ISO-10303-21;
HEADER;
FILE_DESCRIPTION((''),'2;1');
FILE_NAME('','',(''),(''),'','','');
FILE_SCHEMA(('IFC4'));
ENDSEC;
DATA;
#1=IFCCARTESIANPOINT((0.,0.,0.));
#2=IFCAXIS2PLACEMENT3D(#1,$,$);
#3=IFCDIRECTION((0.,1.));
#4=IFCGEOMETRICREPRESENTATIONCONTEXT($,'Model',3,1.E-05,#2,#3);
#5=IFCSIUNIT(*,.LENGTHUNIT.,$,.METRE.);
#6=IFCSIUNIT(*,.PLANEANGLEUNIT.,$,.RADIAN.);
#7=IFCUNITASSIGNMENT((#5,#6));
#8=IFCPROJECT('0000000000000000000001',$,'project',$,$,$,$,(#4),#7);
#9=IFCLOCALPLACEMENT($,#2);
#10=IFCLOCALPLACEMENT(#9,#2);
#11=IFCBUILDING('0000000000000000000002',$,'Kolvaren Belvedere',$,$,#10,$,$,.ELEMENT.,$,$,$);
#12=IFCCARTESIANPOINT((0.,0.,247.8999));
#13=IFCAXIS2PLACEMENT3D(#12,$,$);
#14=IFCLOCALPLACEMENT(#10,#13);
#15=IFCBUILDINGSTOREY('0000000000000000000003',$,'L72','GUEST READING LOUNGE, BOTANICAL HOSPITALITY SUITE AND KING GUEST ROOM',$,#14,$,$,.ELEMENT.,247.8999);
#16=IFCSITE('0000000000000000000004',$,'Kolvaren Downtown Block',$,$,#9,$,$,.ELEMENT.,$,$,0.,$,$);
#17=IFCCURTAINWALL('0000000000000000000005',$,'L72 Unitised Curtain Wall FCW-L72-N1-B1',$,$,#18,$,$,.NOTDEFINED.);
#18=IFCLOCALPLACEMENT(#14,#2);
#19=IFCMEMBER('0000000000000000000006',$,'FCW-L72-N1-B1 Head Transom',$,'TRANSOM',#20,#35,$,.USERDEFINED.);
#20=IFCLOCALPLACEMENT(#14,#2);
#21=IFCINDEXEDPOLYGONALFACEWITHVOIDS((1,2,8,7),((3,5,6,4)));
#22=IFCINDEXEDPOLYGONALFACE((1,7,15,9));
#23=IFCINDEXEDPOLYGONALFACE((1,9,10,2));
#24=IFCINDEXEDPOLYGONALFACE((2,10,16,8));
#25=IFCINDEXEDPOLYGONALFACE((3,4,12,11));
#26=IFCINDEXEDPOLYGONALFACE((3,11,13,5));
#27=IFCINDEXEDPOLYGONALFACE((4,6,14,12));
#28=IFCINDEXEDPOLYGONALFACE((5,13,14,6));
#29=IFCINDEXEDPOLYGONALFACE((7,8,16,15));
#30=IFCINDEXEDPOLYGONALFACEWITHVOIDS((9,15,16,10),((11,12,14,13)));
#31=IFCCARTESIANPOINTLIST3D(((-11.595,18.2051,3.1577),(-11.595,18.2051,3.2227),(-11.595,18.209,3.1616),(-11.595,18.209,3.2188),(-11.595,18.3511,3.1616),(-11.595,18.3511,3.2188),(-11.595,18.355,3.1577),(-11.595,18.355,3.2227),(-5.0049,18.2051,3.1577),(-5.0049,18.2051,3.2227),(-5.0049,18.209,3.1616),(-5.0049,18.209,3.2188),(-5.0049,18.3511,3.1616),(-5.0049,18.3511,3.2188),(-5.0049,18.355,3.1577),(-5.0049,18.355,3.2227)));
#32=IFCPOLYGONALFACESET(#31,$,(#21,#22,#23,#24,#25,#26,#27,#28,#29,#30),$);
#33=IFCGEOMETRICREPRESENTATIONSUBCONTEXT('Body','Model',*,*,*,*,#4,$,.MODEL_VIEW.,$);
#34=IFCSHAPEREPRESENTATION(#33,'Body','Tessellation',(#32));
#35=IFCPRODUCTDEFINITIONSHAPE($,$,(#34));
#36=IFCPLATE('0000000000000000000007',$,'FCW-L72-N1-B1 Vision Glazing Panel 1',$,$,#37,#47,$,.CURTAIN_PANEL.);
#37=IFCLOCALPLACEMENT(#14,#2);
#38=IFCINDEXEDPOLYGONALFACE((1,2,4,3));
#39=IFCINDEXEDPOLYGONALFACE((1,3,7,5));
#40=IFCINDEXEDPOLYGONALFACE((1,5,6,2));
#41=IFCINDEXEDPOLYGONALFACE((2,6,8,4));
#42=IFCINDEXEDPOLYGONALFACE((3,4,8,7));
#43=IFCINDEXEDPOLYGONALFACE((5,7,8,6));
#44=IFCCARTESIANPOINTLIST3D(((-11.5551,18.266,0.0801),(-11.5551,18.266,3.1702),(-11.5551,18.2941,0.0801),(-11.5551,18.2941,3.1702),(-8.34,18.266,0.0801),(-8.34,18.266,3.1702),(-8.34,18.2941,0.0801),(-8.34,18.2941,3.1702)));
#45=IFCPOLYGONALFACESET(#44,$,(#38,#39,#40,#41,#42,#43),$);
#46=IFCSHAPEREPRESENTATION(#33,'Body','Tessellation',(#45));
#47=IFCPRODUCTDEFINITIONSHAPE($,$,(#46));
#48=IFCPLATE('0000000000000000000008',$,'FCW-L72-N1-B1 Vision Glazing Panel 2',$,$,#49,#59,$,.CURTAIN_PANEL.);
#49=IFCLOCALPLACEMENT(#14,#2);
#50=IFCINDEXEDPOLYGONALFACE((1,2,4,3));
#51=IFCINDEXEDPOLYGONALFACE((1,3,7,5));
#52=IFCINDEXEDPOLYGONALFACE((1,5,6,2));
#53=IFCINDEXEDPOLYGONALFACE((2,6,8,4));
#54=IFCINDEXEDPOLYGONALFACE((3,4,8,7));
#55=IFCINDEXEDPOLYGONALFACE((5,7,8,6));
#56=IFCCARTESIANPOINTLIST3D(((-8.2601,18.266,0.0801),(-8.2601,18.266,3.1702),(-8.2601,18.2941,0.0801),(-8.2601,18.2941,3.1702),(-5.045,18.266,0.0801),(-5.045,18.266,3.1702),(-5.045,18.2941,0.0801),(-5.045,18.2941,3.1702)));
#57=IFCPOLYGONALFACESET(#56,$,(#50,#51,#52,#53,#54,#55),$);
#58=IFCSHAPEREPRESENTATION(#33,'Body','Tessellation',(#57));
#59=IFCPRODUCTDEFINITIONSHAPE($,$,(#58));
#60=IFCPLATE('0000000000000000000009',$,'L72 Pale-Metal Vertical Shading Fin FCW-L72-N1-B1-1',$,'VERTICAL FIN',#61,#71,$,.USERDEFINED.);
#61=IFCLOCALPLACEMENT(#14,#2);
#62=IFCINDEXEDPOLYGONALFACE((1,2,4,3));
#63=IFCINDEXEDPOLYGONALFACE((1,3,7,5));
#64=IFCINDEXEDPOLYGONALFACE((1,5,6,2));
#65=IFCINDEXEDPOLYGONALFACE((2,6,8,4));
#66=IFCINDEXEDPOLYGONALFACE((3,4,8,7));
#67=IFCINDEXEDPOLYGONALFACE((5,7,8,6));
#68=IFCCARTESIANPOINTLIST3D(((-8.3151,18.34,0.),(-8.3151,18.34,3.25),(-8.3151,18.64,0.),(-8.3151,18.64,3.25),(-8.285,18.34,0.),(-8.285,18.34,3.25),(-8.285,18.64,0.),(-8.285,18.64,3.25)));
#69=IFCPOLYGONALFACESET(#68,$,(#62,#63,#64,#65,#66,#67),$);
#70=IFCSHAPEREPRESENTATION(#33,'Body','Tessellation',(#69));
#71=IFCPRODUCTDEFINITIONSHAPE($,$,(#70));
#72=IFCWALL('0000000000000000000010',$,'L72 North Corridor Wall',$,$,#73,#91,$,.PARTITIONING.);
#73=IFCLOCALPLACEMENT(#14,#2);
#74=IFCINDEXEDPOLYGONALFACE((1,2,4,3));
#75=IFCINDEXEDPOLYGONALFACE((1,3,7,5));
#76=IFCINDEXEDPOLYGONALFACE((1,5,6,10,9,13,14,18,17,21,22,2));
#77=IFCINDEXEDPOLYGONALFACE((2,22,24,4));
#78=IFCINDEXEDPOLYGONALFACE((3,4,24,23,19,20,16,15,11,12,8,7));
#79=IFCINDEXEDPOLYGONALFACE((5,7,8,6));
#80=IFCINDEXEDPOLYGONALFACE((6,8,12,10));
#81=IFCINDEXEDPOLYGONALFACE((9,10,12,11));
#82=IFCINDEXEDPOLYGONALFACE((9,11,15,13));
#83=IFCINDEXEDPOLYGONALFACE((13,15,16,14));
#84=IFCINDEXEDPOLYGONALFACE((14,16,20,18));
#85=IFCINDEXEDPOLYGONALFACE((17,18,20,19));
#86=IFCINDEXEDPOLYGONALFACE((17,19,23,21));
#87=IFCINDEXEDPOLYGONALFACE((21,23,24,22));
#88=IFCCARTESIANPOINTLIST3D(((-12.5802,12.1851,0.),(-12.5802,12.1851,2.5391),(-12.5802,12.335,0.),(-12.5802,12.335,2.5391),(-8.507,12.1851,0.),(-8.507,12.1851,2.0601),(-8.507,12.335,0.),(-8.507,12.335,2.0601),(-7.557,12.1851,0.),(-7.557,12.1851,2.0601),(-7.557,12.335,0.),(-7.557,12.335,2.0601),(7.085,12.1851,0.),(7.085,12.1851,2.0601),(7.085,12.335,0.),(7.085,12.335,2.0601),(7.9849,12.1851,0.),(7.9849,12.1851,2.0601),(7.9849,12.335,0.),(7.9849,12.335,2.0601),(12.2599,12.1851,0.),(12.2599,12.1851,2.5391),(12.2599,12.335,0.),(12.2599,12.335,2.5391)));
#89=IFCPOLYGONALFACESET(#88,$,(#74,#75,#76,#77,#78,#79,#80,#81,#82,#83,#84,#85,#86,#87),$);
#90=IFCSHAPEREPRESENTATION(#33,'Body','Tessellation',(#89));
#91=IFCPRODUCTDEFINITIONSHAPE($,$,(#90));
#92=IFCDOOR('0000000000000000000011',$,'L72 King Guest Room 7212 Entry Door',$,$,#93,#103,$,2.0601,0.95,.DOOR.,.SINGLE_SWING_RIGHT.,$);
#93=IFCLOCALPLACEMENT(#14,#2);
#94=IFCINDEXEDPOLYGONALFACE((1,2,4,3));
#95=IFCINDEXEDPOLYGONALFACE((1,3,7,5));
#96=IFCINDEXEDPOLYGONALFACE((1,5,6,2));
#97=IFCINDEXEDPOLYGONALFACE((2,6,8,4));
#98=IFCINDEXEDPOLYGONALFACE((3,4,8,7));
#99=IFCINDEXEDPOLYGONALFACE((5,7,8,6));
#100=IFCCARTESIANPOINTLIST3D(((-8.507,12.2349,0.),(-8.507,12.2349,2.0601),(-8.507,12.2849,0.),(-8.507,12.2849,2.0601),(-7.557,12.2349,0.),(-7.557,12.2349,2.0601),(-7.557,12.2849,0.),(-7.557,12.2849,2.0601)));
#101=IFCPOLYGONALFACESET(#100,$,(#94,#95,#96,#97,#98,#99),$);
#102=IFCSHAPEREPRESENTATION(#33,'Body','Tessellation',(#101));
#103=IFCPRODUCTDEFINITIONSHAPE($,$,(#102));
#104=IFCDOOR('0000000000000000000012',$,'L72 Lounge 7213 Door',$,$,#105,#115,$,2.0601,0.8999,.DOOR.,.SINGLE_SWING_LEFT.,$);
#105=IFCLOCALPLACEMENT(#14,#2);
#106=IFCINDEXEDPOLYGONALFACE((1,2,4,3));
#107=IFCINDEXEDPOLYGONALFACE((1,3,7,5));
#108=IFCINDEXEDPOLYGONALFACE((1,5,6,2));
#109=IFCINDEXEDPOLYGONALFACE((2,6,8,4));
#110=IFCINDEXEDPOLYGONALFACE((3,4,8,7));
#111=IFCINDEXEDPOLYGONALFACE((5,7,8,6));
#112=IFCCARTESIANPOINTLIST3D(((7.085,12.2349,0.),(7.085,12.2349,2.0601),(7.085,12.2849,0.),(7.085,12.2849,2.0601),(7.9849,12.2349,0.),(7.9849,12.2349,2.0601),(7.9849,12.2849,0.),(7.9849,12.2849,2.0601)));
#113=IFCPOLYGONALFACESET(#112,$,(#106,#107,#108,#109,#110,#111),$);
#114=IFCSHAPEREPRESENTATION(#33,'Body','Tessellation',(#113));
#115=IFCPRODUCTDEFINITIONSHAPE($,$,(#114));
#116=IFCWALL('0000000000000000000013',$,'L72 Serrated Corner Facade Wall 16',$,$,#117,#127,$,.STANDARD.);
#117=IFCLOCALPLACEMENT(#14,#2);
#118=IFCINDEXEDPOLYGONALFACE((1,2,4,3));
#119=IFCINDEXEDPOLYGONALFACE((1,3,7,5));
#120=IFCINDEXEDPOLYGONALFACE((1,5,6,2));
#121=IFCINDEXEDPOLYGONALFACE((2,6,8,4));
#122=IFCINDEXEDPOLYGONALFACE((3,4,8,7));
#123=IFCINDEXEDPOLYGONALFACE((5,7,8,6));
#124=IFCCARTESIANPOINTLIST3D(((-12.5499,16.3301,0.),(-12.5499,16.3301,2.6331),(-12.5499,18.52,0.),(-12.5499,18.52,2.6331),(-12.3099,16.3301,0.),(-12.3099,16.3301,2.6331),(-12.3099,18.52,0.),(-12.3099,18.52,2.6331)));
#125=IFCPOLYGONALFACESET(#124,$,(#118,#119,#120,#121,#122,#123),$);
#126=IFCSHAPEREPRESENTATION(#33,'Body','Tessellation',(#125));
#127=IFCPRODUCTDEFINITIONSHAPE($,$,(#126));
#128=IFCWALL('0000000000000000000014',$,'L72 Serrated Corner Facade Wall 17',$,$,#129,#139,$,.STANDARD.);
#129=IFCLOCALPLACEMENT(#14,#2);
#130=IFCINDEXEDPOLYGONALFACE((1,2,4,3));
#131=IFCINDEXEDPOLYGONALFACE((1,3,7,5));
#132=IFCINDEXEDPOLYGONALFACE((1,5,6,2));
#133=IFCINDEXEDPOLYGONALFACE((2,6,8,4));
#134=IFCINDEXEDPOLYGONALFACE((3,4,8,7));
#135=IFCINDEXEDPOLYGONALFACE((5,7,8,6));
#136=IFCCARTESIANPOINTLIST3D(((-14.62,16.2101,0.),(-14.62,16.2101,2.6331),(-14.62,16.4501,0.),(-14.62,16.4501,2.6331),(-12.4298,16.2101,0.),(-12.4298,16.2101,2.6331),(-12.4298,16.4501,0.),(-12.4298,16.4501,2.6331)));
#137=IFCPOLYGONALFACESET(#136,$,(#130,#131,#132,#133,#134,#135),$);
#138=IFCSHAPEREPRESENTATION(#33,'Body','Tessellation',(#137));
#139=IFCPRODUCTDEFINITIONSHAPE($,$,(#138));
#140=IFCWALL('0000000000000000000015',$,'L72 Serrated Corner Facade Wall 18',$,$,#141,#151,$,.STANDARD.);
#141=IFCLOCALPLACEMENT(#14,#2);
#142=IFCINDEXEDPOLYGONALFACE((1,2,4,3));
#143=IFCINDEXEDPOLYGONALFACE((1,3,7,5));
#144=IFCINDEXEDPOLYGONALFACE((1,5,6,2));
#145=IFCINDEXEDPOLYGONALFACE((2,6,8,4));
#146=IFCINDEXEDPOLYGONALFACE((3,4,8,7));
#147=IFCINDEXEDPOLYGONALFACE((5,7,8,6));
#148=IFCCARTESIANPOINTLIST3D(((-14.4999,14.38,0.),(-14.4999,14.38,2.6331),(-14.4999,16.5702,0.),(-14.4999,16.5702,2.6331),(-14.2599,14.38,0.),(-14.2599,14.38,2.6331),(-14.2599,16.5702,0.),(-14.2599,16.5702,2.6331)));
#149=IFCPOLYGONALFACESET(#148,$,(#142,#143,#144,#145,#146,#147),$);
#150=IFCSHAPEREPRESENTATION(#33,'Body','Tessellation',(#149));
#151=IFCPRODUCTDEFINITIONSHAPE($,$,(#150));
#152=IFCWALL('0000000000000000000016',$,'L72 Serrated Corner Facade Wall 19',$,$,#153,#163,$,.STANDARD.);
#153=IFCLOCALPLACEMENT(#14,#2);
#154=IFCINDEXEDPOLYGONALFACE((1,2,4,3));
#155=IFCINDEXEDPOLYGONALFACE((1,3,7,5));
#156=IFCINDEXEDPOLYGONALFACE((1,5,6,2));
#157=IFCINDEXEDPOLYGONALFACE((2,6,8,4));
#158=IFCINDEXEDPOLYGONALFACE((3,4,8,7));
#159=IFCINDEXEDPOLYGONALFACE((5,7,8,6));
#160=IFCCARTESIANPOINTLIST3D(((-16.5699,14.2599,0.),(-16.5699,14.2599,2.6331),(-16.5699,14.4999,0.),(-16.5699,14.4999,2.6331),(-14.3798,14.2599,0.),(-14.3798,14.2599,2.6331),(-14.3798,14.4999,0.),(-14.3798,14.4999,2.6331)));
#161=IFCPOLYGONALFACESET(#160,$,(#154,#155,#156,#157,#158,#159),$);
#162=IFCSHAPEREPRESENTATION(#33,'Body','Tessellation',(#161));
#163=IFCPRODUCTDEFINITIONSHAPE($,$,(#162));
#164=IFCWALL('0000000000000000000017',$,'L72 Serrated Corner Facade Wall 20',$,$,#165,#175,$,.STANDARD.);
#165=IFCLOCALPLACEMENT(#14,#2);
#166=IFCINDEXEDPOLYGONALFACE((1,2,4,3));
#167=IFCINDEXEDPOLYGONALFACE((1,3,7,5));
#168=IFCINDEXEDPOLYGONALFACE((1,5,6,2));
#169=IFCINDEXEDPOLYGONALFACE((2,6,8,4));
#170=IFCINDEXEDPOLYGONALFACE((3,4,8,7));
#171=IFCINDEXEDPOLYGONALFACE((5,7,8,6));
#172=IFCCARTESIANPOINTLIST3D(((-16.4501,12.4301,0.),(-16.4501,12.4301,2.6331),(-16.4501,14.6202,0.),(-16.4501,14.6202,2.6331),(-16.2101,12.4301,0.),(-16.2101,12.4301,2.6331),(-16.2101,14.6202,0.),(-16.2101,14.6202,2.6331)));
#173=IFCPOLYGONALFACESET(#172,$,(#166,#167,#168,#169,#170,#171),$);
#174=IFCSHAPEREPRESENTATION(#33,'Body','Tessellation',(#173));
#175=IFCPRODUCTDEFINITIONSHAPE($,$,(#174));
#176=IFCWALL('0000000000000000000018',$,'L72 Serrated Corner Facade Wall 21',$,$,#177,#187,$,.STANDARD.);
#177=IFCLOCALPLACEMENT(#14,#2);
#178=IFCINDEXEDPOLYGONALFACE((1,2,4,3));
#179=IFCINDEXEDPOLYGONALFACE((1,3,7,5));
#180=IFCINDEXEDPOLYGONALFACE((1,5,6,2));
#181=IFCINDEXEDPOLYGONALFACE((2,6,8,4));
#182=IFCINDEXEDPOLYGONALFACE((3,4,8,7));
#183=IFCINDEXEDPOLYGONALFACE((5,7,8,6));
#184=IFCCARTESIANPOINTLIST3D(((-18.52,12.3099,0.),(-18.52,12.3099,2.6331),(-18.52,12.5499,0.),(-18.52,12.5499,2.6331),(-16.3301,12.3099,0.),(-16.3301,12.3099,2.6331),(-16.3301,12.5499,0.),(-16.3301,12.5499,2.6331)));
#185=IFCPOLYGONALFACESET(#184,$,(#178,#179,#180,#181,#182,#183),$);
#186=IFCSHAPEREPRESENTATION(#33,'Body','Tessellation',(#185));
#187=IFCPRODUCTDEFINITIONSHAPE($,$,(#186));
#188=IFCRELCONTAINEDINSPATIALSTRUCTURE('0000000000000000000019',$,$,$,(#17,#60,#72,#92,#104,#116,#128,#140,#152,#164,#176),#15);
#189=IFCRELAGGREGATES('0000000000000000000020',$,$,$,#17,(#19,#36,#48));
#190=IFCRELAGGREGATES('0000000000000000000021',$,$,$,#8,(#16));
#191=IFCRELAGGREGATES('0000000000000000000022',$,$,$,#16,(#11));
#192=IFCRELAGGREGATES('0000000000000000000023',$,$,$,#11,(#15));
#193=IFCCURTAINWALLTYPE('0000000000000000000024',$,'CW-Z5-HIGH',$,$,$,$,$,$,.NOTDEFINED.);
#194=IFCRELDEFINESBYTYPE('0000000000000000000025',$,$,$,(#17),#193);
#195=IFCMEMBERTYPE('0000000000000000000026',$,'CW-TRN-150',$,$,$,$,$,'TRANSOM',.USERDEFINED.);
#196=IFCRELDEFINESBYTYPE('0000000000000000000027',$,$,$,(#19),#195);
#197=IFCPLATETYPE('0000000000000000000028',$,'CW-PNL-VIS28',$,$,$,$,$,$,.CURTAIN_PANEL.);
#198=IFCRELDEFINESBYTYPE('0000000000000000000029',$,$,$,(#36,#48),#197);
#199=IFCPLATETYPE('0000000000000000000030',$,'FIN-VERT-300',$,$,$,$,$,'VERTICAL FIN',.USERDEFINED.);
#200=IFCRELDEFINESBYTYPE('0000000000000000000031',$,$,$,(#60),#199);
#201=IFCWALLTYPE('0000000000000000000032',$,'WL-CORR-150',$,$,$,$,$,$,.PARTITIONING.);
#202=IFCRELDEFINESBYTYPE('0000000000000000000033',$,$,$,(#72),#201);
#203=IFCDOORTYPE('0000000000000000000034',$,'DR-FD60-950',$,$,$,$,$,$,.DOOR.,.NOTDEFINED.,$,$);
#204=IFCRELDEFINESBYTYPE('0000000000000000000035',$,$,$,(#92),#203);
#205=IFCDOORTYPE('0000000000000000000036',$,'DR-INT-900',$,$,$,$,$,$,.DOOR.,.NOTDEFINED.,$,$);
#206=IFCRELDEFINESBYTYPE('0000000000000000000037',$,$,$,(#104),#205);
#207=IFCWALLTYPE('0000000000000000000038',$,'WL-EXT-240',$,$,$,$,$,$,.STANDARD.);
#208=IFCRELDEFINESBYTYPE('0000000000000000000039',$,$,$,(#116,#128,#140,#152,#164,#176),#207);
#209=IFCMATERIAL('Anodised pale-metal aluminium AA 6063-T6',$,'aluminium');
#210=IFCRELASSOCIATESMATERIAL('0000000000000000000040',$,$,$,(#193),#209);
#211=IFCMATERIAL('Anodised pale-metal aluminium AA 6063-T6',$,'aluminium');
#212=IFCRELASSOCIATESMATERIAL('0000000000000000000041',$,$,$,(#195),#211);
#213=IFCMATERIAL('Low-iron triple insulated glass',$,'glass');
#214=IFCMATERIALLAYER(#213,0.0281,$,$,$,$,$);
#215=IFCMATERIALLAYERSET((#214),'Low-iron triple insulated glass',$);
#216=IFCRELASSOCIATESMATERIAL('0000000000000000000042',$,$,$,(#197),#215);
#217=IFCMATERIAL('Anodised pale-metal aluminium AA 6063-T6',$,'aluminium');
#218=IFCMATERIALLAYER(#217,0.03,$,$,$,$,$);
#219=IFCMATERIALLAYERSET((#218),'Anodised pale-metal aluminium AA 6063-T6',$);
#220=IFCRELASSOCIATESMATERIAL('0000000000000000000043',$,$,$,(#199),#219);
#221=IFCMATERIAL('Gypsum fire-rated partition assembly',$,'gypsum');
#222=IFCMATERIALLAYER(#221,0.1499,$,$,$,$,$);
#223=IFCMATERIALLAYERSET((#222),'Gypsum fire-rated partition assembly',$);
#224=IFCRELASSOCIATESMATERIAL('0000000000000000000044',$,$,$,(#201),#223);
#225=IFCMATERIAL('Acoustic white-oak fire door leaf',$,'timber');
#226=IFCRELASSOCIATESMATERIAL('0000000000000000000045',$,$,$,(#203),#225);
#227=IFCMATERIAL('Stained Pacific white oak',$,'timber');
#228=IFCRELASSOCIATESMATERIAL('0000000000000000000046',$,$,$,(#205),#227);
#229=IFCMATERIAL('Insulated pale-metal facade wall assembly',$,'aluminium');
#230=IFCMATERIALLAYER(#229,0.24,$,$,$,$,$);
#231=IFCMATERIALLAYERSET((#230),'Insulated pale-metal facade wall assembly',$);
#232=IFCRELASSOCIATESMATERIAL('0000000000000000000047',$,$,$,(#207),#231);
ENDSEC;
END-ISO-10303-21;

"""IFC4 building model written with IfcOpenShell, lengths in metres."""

from ifc_helpers import new_model, si_unit, direction, frame, frame_2d, origin, origin_2d, place, context, subcontext, project, spatial, rectangle, hollow_rectangle, extrude, material, layer, layer_set, material_profile, profile_set, type_object, element, fill, aggregate, save


model = new_model("IFC4")

# Units and contexts
model_context = context("Model", 3, precision=1e-05, world=origin(), true_north=direction((0.0, 1.0)))
body_context = subcontext(model_context, "Body", "Model", "MODEL_VIEW")
ifc_project = project(units=[si_unit("LENGTHUNIT", "METRE"), si_unit("PLANEANGLEUNIT", "RADIAN")], contexts=[model_context])

# Site, building, storey
site_placement = place(None, origin())
site = spatial("IfcSite", under=ifc_project, at=site_placement, Name="Kolvaren Downtown Block", CompositionType="ELEMENT", RefElevation=0.0)
building_placement = place(site_placement, origin())
building = spatial("IfcBuilding", under=site, at=building_placement, Name="Kolvaren Belvedere", CompositionType="ELEMENT")
storey_placement = place(building_placement, frame((0.0, 0.0, 247.8999)))
storey = spatial("IfcBuildingStorey", under=building, at=storey_placement, Name="L72", Description="GUEST READING LOUNGE, BOTANICAL HOSPITALITY SUITE AND KING GUEST ROOM", CompositionType="ELEMENT", Elevation=247.8999)

# Curtain wall, member, plates
ifc_material_1 = material(Name="Anodised pale-metal aluminium AA 6063-T6", Category="aluminium")
curtain_wall_type = type_object("IfcCurtainWallType", Name="CW-Z5-HIGH", PredefinedType="NOTDEFINED", material=ifc_material_1)
curtain_wall_placement = place(storey_placement, origin())
curtain_wall = element("IfcCurtainWall", 1, at=curtain_wall_placement, inside=storey, type_object=curtain_wall_type, Name="L72 Unitised Curtain Wall FCW-L72-N1-B1", PredefinedType="NOTDEFINED")
ifc_material_2 = material(Name="Anodised pale-metal aluminium AA 6063-T6", Category="aluminium")
ifc_material_profile_1 = material_profile(ifc_material_2, hollow_rectangle(XDim=0.0649, YDim=0.1499, WallThickness=0.0039, at=origin_2d()), Name="ALU-TRN-150X65")
ifc_profile_set_1 = profile_set([ifc_material_profile_1], Name="Anodised pale-metal aluminium AA 6063-T6")
member_type_1 = type_object("IfcMemberType", Name="CW-TRN-150", ElementType="TRANSOM", PredefinedType="USERDEFINED", material=ifc_profile_set_1)
member_1_placement = place(storey_placement, frame((-11.595, 18.28, 3.1902), z_axis=(1.0, 0.0, 0.0), x_axis=(0.0, 0.0, 1.0)))
member_1 = element("IfcMember", 2, at=member_1_placement, type_object=member_type_1, Name="FCW-L72-N1-B1 Head Transom", ObjectType="TRANSOM", PredefinedType="USERDEFINED", context=body_context, shape_type="SweptSolid", body=[
    extrude(hollow_rectangle(XDim=0.0649, YDim=0.1499, WallThickness=0.0039, at=origin_2d()), origin(), (0.0, 0.0, 1.0), 6.5901),
])
ifc_material_3 = material(Name="Low-iron triple insulated glass", Category="glass")
ifc_layer_1 = layer(ifc_material_3, 0.0281)
ifc_layer_set_1 = layer_set([ifc_layer_1], Name="Low-iron triple insulated glass")
plate_type_1 = type_object("IfcPlateType", Name="CW-PNL-VIS28", PredefinedType="CURTAIN_PANEL", material=ifc_layer_set_1)
plate_1_placement = place(storey_placement, frame((-9.9475, 18.28, 0.0801), z_axis=(0.0, 0.0, 1.0), x_axis=(1.0, 0.0, 0.0)))
plate_1 = element("IfcPlate", 3, at=plate_1_placement, type_object=plate_type_1, Name="FCW-L72-N1-B1 Vision Glazing Panel 1", PredefinedType="CURTAIN_PANEL", context=body_context, shape_type="SweptSolid", body=[
    extrude(rectangle(XDim=3.2151, YDim=0.0281, at=origin_2d()), origin(), (0.0, 0.0, 1.0), 3.0901),
])
plate_2_placement = place(storey_placement, frame((-6.6526, 18.28, 0.0801), z_axis=(0.0, 0.0, 1.0), x_axis=(1.0, 0.0, 0.0)))
plate_2 = element("IfcPlate", 4, at=plate_2_placement, type_object=plate_type_1, Name="FCW-L72-N1-B1 Vision Glazing Panel 2", PredefinedType="CURTAIN_PANEL", context=body_context, shape_type="SweptSolid", body=[
    extrude(rectangle(XDim=3.2151, YDim=0.0281, at=origin_2d()), origin(), (0.0, 0.0, 1.0), 3.0901),
])
aggregate(curtain_wall, [member_1, plate_1, plate_2])

# Plate
ifc_material_4 = material(Name="Anodised pale-metal aluminium AA 6063-T6", Category="aluminium")
ifc_layer_2 = layer(ifc_material_4, 0.03)
ifc_layer_set_2 = layer_set([ifc_layer_2], Name="Anodised pale-metal aluminium AA 6063-T6")
plate_type_2 = type_object("IfcPlateType", Name="FIN-VERT-300", ElementType="VERTICAL FIN", PredefinedType="USERDEFINED", material=ifc_layer_set_2)
plate_3_placement = place(storey_placement, frame((-8.3, 18.49, 0.0), z_axis=(0.0, 0.0, 1.0), x_axis=(0.0, 1.0, 0.0)))
element("IfcPlate", 5, at=plate_3_placement, inside=storey, type_object=plate_type_2, Name="L72 Pale-Metal Vertical Shading Fin FCW-L72-N1-B1-1", ObjectType="VERTICAL FIN", PredefinedType="USERDEFINED", context=body_context, shape_type="SweptSolid", body=[
    extrude(rectangle(XDim=0.3, YDim=0.03, at=origin_2d()), origin(), (0.0, 0.0, 1.0), 3.25),
])

# Wall, openings, doors
ifc_material_5 = material(Name="Gypsum fire-rated partition assembly", Category="gypsum")
ifc_layer_3 = layer(ifc_material_5, 0.1499)
ifc_layer_set_3 = layer_set([ifc_layer_3], Name="Gypsum fire-rated partition assembly")
wall_type_1 = type_object("IfcWallType", Name="WL-CORR-150", PredefinedType="PARTITIONING", material=ifc_layer_set_3)
wall_1_placement = place(storey_placement, frame((-12.5801, 12.26, 0.0), z_axis=(0.0, 0.0, 1.0), x_axis=(1.0, 0.0, 0.0)))
wall_1 = element("IfcWall", 6, at=wall_1_placement, inside=storey, type_object=wall_type_1, Name="L72 North Corridor Wall", PredefinedType="PARTITIONING", context=body_context, shape_type="SweptSolid", body=[
    extrude(rectangle(XDim=24.8401, YDim=0.1499, at=frame_2d((12.4199, 0.0))), origin(), (0.0, 0.0, 1.0), 2.5391),
])
opening_1_placement = place(wall_1_placement, frame((4.073, 0.0, 0.0)))
opening_1 = element("IfcOpeningElement", 7, at=opening_1_placement, cuts=wall_1, PredefinedType="OPENING", context=body_context, shape_type="SweptSolid", body=[
    extrude(rectangle(XDim=0.95, YDim=2.0601, at=frame_2d((0.4751, 1.03))), frame((0.0, 0.085, 0.0), z_axis=(0.0, -1.0, 0.0), x_axis=(1.0, 0.0, 0.0)), (0.0, 0.0, 1.0), 0.1699),
])
opening_2_placement = place(wall_1_placement, frame((19.665, 0.0, 0.0)))
opening_2 = element("IfcOpeningElement", 8, at=opening_2_placement, cuts=wall_1, PredefinedType="OPENING", context=body_context, shape_type="SweptSolid", body=[
    extrude(rectangle(XDim=0.8999, YDim=2.0601, at=frame_2d((0.45, 1.03))), frame((0.0, 0.085, 0.0), z_axis=(0.0, -1.0, 0.0), x_axis=(1.0, 0.0, 0.0)), (0.0, 0.0, 1.0), 0.1699),
])
ifc_material_6 = material(Name="Acoustic white-oak fire door leaf", Category="timber")
door_type_1 = type_object("IfcDoorType", Name="DR-FD60-950", OperationType="NOTDEFINED", PredefinedType="DOOR", material=ifc_material_6)
door_1_placement = place(opening_1_placement, origin())
door_1 = element("IfcDoor", 9, at=door_1_placement, inside=storey, type_object=door_type_1, Name="L72 King Guest Room 7212 Entry Door", OperationType="SINGLE_SWING_RIGHT", OverallHeight=2.0601, OverallWidth=0.95, PredefinedType="DOOR", context=body_context, shape_type="SweptSolid", body=[
    extrude(rectangle(XDim=0.95, YDim=2.0601, at=frame_2d((0.4751, 1.03))), frame((0.0, 0.0249, 0.0), z_axis=(0.0, -1.0, 0.0), x_axis=(1.0, 0.0, 0.0)), (0.0, 0.0, 1.0), 0.05),
])
fill(opening_1, door_1)
ifc_material_7 = material(Name="Stained Pacific white oak", Category="timber")
door_type_2 = type_object("IfcDoorType", Name="DR-INT-900", OperationType="NOTDEFINED", PredefinedType="DOOR", material=ifc_material_7)
door_2_placement = place(opening_2_placement, origin())
door_2 = element("IfcDoor", 10, at=door_2_placement, inside=storey, type_object=door_type_2, Name="L72 Lounge 7213 Door", OperationType="SINGLE_SWING_LEFT", OverallHeight=2.0601, OverallWidth=0.8999, PredefinedType="DOOR", context=body_context, shape_type="SweptSolid", body=[
    extrude(rectangle(XDim=0.8999, YDim=2.0601, at=frame_2d((0.45, 1.03))), frame((0.0, 0.0249, 0.0), z_axis=(0.0, -1.0, 0.0), x_axis=(1.0, 0.0, 0.0)), (0.0, 0.0, 1.0), 0.05),
])
fill(opening_2, door_2)

# Walls
ifc_material_8 = material(Name="Insulated pale-metal facade wall assembly", Category="aluminium")
ifc_layer_4 = layer(ifc_material_8, 0.24)
ifc_layer_set_4 = layer_set([ifc_layer_4], Name="Insulated pale-metal facade wall assembly")
wall_type_2 = type_object("IfcWallType", Name="WL-EXT-240", PredefinedType="STANDARD", material=ifc_layer_set_4)
wall_2_placement = place(storey_placement, frame((-12.4299, 16.3301, 0.0), z_axis=(0.0, 0.0, 1.0), x_axis=(0.0, 1.0, 0.0)))
element("IfcWall", 11, at=wall_2_placement, inside=storey, type_object=wall_type_2, Name="L72 Serrated Corner Facade Wall 16", PredefinedType="STANDARD", context=body_context, shape_type="SweptSolid", body=[
    extrude(rectangle(XDim=2.1899, YDim=0.24, at=frame_2d((1.095, 0.0))), origin(), (0.0, 0.0, 1.0), 2.6331),
])
for number, where, z_axis, x_axis, name in (
    (12, (-14.6201, 16.3301, 0.0), (0.0, 0.0, 1.0), (1.0, 0.0, 0.0), "L72 Serrated Corner Facade Wall 17"),
    (13, (-14.3799, 14.3799, 0.0), (0.0, 0.0, 1.0), (0.0, 1.0, 0.0), "L72 Serrated Corner Facade Wall 18"),
    (14, (-16.5701, 14.3799, 0.0), (0.0, 0.0, 1.0), (1.0, 0.0, 0.0), "L72 Serrated Corner Facade Wall 19"),
    (15, (-16.3301, 12.4299, 0.0), (0.0, 0.0, 1.0), (0.0, 1.0, 0.0), "L72 Serrated Corner Facade Wall 20"),
):
    element("IfcWall", number, at=place(storey_placement, frame(where, z_axis=z_axis, x_axis=x_axis)), inside=storey, type_object=wall_type_2, Name=name, PredefinedType="STANDARD", context=body_context, shape_type="SweptSolid", body=[
        extrude(rectangle(XDim=2.1902, YDim=0.24, at=frame_2d((1.0952, 0.0))), origin(), (0.0, 0.0, 1.0), 2.6331),
    ])
wall_3_placement = place(storey_placement, frame((-18.52, 12.4299, 0.0), z_axis=(0.0, 0.0, 1.0), x_axis=(1.0, 0.0, 0.0)))
element("IfcWall", 16, at=wall_3_placement, inside=storey, type_object=wall_type_2, Name="L72 Serrated Corner Facade Wall 21", PredefinedType="STANDARD", context=body_context, shape_type="SweptSolid", body=[
    extrude(rectangle(XDim=2.1899, YDim=0.24, at=frame_2d((1.095, 0.0))), origin(), (0.0, 0.0, 1.0), 2.6331),
])

save(model, "model.ifc")
